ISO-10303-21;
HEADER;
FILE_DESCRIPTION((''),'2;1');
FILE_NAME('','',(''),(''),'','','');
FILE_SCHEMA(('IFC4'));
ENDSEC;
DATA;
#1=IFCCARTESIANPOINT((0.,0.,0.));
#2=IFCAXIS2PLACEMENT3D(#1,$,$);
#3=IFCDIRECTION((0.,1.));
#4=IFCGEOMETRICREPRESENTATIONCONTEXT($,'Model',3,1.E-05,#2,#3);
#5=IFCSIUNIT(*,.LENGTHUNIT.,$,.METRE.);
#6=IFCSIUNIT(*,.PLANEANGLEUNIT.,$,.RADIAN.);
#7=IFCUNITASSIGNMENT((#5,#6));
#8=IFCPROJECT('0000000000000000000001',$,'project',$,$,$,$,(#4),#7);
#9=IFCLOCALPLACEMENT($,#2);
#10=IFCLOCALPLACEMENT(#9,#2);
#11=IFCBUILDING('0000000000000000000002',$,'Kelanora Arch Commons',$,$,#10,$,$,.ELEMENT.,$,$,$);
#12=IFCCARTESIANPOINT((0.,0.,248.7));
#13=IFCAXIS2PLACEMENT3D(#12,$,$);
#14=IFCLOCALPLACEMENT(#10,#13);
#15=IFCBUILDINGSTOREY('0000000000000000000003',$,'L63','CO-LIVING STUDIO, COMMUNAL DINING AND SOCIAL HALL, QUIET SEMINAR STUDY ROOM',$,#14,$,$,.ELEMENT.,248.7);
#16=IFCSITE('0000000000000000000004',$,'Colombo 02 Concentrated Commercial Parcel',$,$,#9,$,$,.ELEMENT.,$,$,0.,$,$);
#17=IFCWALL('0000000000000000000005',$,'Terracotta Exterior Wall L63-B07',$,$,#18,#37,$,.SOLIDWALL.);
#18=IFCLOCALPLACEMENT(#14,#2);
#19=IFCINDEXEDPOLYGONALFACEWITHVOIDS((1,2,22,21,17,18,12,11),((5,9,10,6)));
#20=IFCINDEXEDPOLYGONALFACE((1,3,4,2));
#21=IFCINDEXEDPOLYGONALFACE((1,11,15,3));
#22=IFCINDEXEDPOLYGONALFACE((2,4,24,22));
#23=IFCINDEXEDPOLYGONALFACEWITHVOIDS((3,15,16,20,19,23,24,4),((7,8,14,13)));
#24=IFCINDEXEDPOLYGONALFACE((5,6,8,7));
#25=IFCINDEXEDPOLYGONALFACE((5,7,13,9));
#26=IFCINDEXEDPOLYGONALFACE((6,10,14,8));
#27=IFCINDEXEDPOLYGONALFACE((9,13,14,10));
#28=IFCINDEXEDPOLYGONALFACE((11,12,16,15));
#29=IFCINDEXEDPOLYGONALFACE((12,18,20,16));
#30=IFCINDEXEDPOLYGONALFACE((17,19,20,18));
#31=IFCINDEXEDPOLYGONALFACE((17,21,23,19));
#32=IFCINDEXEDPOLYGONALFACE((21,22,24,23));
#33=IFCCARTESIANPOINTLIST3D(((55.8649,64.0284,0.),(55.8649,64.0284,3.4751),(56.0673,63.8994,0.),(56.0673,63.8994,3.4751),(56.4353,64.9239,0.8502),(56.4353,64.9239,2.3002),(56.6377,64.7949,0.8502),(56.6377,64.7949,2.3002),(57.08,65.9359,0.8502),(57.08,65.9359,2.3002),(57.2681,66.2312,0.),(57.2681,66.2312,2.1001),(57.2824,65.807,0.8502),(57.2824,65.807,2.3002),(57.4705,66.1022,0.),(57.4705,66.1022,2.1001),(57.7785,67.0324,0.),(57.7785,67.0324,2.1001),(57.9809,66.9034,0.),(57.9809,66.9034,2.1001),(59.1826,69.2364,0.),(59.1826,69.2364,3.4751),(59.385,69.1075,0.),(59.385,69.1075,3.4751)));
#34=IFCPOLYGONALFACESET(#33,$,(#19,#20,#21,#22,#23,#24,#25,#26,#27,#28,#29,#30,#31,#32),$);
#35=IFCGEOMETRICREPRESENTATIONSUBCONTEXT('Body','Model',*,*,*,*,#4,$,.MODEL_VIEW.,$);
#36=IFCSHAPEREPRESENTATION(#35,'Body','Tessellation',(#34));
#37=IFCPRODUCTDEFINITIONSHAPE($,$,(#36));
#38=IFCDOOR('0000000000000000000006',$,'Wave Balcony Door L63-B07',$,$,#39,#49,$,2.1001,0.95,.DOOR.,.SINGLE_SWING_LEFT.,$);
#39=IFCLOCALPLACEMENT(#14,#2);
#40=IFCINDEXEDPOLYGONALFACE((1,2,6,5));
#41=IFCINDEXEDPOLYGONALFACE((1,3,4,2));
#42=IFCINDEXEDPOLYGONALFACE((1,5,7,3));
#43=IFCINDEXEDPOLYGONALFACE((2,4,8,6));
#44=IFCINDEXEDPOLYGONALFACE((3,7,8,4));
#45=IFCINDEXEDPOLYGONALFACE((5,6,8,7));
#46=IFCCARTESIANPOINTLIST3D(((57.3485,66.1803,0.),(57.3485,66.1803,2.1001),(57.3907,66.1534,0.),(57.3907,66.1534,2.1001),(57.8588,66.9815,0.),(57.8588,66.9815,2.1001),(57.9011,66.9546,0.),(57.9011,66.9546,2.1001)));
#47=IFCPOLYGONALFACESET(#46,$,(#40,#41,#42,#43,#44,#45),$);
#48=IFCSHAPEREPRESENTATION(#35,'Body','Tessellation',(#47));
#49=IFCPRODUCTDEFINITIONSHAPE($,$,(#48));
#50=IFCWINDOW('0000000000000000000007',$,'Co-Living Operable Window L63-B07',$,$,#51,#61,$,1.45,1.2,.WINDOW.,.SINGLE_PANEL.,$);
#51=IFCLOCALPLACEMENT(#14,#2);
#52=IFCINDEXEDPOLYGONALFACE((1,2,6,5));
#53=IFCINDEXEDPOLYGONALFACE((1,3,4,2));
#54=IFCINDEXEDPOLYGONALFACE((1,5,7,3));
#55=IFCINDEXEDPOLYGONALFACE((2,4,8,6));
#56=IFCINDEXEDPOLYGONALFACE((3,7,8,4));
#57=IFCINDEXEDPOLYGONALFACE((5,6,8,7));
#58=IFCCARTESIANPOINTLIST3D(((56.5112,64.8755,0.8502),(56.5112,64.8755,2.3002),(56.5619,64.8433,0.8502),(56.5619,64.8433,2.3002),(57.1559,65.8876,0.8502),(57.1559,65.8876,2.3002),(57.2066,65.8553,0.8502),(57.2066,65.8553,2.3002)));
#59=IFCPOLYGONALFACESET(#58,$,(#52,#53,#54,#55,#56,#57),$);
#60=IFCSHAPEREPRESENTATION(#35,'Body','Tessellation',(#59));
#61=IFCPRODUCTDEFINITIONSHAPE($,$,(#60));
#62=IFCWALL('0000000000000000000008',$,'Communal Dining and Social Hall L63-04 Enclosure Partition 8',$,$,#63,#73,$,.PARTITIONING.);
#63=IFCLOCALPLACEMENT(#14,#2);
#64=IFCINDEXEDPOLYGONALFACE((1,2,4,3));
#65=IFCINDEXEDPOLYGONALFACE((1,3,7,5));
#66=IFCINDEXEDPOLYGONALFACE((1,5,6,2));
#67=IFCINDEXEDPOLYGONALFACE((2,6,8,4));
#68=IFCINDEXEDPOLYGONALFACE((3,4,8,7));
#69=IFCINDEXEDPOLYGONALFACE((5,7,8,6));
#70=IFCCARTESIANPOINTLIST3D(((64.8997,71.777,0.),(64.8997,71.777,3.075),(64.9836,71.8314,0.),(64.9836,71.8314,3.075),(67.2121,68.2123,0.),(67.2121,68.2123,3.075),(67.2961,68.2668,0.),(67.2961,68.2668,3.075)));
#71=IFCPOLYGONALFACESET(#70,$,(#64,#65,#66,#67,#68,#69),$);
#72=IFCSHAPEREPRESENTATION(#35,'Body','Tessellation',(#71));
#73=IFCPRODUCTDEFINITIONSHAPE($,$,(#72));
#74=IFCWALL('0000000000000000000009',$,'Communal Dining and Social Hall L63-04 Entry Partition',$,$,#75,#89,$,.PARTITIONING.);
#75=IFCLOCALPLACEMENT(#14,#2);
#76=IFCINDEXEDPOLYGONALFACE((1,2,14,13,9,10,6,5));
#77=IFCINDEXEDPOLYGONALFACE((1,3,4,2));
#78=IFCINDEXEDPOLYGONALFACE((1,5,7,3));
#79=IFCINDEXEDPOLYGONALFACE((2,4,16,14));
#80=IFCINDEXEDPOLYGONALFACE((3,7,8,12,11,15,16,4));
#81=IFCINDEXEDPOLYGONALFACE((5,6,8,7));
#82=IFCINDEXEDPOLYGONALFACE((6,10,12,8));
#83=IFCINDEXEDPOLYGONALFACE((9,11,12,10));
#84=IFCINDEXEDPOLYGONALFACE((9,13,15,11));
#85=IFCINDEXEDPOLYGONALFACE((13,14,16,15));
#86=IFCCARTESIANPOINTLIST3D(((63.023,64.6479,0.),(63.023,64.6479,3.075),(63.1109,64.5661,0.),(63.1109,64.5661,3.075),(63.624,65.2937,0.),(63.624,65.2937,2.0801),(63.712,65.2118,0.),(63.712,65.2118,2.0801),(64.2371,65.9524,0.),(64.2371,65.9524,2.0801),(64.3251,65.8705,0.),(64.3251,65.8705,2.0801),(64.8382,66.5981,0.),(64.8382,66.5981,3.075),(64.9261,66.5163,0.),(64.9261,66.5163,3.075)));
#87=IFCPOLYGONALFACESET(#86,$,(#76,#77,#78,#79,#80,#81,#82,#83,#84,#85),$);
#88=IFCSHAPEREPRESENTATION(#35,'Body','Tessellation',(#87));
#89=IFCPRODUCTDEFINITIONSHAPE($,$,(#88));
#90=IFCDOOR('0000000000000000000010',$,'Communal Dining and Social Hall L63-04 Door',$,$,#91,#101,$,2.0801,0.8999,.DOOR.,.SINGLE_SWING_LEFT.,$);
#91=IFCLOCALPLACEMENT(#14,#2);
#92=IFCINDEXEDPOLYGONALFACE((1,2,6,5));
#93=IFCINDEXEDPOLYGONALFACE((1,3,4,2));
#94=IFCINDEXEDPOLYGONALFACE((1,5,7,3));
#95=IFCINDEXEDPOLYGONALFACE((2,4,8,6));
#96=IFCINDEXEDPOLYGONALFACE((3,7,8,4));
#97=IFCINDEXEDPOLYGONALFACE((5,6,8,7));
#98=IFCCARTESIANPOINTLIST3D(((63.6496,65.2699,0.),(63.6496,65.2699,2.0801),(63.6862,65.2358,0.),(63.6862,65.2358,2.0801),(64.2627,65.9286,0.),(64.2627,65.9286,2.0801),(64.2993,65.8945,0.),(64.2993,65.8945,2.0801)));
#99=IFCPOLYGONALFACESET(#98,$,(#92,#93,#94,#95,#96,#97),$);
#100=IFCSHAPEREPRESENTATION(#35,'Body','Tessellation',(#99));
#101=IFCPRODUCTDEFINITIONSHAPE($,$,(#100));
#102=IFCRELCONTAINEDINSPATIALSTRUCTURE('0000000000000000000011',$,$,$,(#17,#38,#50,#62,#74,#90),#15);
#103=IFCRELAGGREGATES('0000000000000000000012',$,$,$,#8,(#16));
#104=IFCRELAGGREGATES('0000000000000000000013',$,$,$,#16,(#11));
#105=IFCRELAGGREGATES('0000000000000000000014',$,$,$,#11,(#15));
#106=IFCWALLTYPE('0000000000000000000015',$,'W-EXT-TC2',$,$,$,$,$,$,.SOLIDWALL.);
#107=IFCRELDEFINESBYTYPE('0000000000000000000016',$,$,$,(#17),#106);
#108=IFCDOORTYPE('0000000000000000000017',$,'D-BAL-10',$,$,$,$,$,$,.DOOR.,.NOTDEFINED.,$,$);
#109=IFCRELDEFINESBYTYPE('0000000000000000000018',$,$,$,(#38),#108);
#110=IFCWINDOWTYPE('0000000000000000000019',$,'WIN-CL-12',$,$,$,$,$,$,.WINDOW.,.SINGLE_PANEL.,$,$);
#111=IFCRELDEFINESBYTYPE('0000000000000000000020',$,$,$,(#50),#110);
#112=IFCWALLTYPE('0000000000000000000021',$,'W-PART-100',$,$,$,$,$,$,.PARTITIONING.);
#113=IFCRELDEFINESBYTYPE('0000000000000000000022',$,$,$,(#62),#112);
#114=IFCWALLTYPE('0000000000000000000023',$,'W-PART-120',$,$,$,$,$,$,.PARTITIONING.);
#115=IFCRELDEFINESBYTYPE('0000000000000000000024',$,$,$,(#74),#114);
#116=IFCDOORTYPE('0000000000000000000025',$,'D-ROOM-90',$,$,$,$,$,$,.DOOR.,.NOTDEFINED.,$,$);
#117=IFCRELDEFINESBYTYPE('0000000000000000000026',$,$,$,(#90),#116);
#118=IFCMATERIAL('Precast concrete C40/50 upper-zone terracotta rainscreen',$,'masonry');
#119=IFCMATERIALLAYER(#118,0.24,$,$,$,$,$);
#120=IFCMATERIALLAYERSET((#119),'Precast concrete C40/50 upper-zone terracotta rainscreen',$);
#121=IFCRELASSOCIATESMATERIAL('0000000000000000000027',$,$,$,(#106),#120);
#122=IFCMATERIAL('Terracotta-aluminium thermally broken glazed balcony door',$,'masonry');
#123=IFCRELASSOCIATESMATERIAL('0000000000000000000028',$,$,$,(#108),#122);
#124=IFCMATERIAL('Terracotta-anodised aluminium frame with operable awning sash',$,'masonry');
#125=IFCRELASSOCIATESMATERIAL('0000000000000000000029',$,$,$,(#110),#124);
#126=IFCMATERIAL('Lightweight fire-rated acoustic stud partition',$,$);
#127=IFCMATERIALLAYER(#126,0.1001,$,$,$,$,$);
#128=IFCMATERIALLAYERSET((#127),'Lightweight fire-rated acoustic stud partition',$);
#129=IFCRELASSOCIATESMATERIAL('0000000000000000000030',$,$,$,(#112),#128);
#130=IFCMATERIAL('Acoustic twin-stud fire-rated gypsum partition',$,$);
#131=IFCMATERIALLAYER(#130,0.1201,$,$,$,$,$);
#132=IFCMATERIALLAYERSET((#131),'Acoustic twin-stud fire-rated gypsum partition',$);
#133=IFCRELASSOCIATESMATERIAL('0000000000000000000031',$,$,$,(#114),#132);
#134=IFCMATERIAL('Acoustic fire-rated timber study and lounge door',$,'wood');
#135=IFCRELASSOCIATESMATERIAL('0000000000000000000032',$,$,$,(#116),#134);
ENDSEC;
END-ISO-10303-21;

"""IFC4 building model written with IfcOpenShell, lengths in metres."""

from ifc_helpers import new_model, si_unit, direction, frame, frame_2d, origin, place, context, subcontext, project, spatial, rectangle, extrude, material, layer, layer_set, type_object, element, fill, save


model = new_model("IFC4")

# Units and contexts
model_context = context("Model", 3, precision=1e-05, world=origin(), true_north=direction((0.0, 1.0)))
body_context = subcontext(model_context, "Body", "Model", "MODEL_VIEW")
ifc_project = project(units=[si_unit("LENGTHUNIT", "METRE"), si_unit("PLANEANGLEUNIT", "RADIAN")], contexts=[model_context])

# Site, building, storey
site_placement = place(None, origin())
site = spatial("IfcSite", under=ifc_project, at=site_placement, Name="Colombo 02 Concentrated Commercial Parcel", CompositionType="ELEMENT", RefElevation=0.0)
building_placement = place(site_placement, origin())
building = spatial("IfcBuilding", under=site, at=building_placement, Name="Kelanora Arch Commons", CompositionType="ELEMENT")
storey_placement = place(building_placement, frame((0.0, 0.0, 248.7)))
storey = spatial("IfcBuildingStorey", under=building, at=storey_placement, Name="L63", Description="CO-LIVING STUDIO, COMMUNAL DINING AND SOCIAL HALL, QUIET SEMINAR STUDY ROOM", CompositionType="ELEMENT", Elevation=248.7)

# Shared definitions
ifc_material_1 = material(Name="Precast concrete C40/50 upper-zone terracotta rainscreen", Category="masonry")
ifc_layer_1 = layer(ifc_material_1, 0.24)
ifc_layer_set_1 = layer_set([ifc_layer_1], Name="Precast concrete C40/50 upper-zone terracotta rainscreen")
wall_type_1 = type_object("IfcWallType", Name="W-EXT-TC2", PredefinedType="SOLIDWALL", material=ifc_layer_set_1)

# Wall, openings, door, window
wall_1_placement = place(storey_placement, frame((59.2837, 69.1719, 0.0), z_axis=(0.0, 0.0, 1.0), x_axis=(-0.537272, -0.843409, 0.0)))
wall_1 = element("IfcWall", 1, at=wall_1_placement, inside=storey, type_object=wall_type_1, Name="Terracotta Exterior Wall L63-B07", PredefinedType="SOLIDWALL", context=body_context, shape_type="SweptSolid", body=[
    extrude(rectangle(XDim=6.175, YDim=0.24, at=frame_2d((3.0874, 0.0))), origin(), (0.0, 0.0, 1.0), 3.4751),
])
opening_1_placement = place(wall_1_placement, frame((2.613, 0.0, 0.0)))
opening_1 = element("IfcOpeningElement", 2, at=opening_1_placement, cuts=wall_1, PredefinedType="OPENING", context=body_context, shape_type="SweptSolid", body=[
    extrude(rectangle(XDim=0.95, YDim=2.1001, at=frame_2d((0.4751, 1.05))), frame((0.0, 0.1299, 0.0), z_axis=(0.0, -1.0, 0.0), x_axis=(1.0, 0.0, 0.0)), (0.0, 0.0, 1.0), 0.26),
])
opening_2_placement = place(wall_1_placement, frame((3.9131, 0.0, 0.8501)))
opening_2 = element("IfcOpeningElement", 3, at=opening_2_placement, cuts=wall_1, PredefinedType="OPENING", context=body_context, shape_type="SweptSolid", body=[
    extrude(rectangle(XDim=1.2, YDim=1.45, at=frame_2d((0.6001, 0.7251))), frame((0.0, 0.1299, 0.0), z_axis=(0.0, -1.0, 0.0), x_axis=(1.0, 0.0, 0.0)), (0.0, 0.0, 1.0), 0.26),
])
ifc_material_2 = material(Name="Terracotta-aluminium thermally broken glazed balcony door", Category="masonry")
door_type_1 = type_object("IfcDoorType", Name="D-BAL-10", OperationType="NOTDEFINED", PredefinedType="DOOR", material=ifc_material_2)
door_1_placement = place(opening_1_placement, frame((0.95, 0.0, 0.0), z_axis=(0.0, 0.0, 1.0), x_axis=(-1.0, 0.0, 0.0)))
door_1 = element("IfcDoor", 4, at=door_1_placement, inside=storey, type_object=door_type_1, Name="Wave Balcony Door L63-B07", OperationType="SINGLE_SWING_LEFT", OverallHeight=2.1001, OverallWidth=0.95, PredefinedType="DOOR", context=body_context, shape_type="SweptSolid", body=[
    extrude(rectangle(XDim=0.95, YDim=2.1001, at=frame_2d((0.4751, 1.05))), frame((0.0, 0.0249, 0.0), z_axis=(0.0, -1.0, 0.0), x_axis=(1.0, 0.0, 0.0)), (0.0, 0.0, 1.0), 0.05),
])
fill(opening_1, door_1)
ifc_material_3 = material(Name="Terracotta-anodised aluminium frame with operable awning sash", Category="masonry")
window_type_1 = type_object("IfcWindowType", Name="WIN-CL-12", PartitioningType="SINGLE_PANEL", PredefinedType="WINDOW", material=ifc_material_3)
window_1_placement = place(opening_2_placement, origin())
window_1 = element("IfcWindow", 5, at=window_1_placement, inside=storey, type_object=window_type_1, Name="Co-Living Operable Window L63-B07", OverallHeight=1.45, OverallWidth=1.2, PartitioningType="SINGLE_PANEL", PredefinedType="WINDOW", context=body_context, shape_type="SweptSolid", body=[
    extrude(rectangle(XDim=1.2, YDim=1.45, at=frame_2d((0.6001, 0.7251))), frame((0.0, 0.03, 0.0), z_axis=(0.0, -1.0, 0.0), x_axis=(1.0, 0.0, 0.0)), (0.0, 0.0, 1.0), 0.0601),
])
fill(opening_2, window_1)

# Wall
ifc_material_4 = material(Name="Lightweight fire-rated acoustic stud partition")
ifc_layer_2 = layer(ifc_material_4, 0.1001)
ifc_layer_set_2 = layer_set([ifc_layer_2], Name="Lightweight fire-rated acoustic stud partition")
wall_type_2 = type_object("IfcWallType", Name="W-PART-100", PredefinedType="PARTITIONING", material=ifc_layer_set_2)
wall_2_placement = place(storey_placement, frame((64.9417, 71.8042, 0.0), z_axis=(0.0, 0.0, 1.0), x_axis=(0.544235, -0.838933, 0.0)))
element("IfcWall", 6, at=wall_2_placement, inside=storey, type_object=wall_type_2, Name="Communal Dining and Social Hall L63-04 Enclosure Partition 8", PredefinedType="PARTITIONING", context=body_context, shape_type="SweptSolid", body=[
    extrude(rectangle(XDim=4.249, YDim=0.1001, at=frame_2d((2.1245, 0.0))), origin(), (0.0, 0.0, 1.0), 3.075),
])

# Wall, opening, door
ifc_material_5 = material(Name="Acoustic twin-stud fire-rated gypsum partition")
ifc_layer_3 = layer(ifc_material_5, 0.1201)
ifc_layer_set_3 = layer_set([ifc_layer_3], Name="Acoustic twin-stud fire-rated gypsum partition")
wall_type_3 = type_object("IfcWallType", Name="W-PART-120", PredefinedType="PARTITIONING", material=ifc_layer_set_3)
wall_3_placement = place(storey_placement, frame((64.8821, 66.5571, 0.0), z_axis=(0.0, 0.0, 1.0), x_axis=(-0.681315, -0.73199, 0.0)))
wall_3 = element("IfcWall", 7, at=wall_3_placement, inside=storey, type_object=wall_type_3, Name="Communal Dining and Social Hall L63-04 Entry Partition", PredefinedType="PARTITIONING", context=body_context, shape_type="SweptSolid", body=[
    extrude(rectangle(XDim=2.6643, YDim=0.1201, at=frame_2d((1.332, 0.0))), origin(), (0.0, 0.0, 1.0), 3.075),
])
opening_3_placement = place(wall_3_placement, frame((0.8821, 0.0, 0.0)))
opening_3 = element("IfcOpeningElement", 8, at=opening_3_placement, cuts=wall_3, PredefinedType="OPENING", context=body_context, shape_type="SweptSolid", body=[
    extrude(rectangle(XDim=0.8999, YDim=2.0801, at=frame_2d((0.45, 1.04))), frame((0.0, 0.0701, 0.0), z_axis=(0.0, -1.0, 0.0), x_axis=(1.0, 0.0, 0.0)), (0.0, 0.0, 1.0), 0.1401),
])
ifc_material_6 = material(Name="Acoustic fire-rated timber study and lounge door", Category="wood")
door_type_2 = type_object("IfcDoorType", Name="D-ROOM-90", OperationType="NOTDEFINED", PredefinedType="DOOR", material=ifc_material_6)
door_2_placement = place(opening_3_placement, origin())
door_2 = element("IfcDoor", 9, at=door_2_placement, inside=storey, type_object=door_type_2, Name="Communal Dining and Social Hall L63-04 Door", OperationType="SINGLE_SWING_LEFT", OverallHeight=2.0801, OverallWidth=0.8999, PredefinedType="DOOR", context=body_context, shape_type="SweptSolid", body=[
    extrude(rectangle(XDim=0.8999, YDim=2.0801, at=frame_2d((0.45, 1.04))), frame((0.0, 0.0249, 0.0), z_axis=(0.0, -1.0, 0.0), x_axis=(1.0, 0.0, 0.0)), (0.0, 0.0, 1.0), 0.05),
])
fill(opening_3, door_2)

save(model, "model.ifc")
